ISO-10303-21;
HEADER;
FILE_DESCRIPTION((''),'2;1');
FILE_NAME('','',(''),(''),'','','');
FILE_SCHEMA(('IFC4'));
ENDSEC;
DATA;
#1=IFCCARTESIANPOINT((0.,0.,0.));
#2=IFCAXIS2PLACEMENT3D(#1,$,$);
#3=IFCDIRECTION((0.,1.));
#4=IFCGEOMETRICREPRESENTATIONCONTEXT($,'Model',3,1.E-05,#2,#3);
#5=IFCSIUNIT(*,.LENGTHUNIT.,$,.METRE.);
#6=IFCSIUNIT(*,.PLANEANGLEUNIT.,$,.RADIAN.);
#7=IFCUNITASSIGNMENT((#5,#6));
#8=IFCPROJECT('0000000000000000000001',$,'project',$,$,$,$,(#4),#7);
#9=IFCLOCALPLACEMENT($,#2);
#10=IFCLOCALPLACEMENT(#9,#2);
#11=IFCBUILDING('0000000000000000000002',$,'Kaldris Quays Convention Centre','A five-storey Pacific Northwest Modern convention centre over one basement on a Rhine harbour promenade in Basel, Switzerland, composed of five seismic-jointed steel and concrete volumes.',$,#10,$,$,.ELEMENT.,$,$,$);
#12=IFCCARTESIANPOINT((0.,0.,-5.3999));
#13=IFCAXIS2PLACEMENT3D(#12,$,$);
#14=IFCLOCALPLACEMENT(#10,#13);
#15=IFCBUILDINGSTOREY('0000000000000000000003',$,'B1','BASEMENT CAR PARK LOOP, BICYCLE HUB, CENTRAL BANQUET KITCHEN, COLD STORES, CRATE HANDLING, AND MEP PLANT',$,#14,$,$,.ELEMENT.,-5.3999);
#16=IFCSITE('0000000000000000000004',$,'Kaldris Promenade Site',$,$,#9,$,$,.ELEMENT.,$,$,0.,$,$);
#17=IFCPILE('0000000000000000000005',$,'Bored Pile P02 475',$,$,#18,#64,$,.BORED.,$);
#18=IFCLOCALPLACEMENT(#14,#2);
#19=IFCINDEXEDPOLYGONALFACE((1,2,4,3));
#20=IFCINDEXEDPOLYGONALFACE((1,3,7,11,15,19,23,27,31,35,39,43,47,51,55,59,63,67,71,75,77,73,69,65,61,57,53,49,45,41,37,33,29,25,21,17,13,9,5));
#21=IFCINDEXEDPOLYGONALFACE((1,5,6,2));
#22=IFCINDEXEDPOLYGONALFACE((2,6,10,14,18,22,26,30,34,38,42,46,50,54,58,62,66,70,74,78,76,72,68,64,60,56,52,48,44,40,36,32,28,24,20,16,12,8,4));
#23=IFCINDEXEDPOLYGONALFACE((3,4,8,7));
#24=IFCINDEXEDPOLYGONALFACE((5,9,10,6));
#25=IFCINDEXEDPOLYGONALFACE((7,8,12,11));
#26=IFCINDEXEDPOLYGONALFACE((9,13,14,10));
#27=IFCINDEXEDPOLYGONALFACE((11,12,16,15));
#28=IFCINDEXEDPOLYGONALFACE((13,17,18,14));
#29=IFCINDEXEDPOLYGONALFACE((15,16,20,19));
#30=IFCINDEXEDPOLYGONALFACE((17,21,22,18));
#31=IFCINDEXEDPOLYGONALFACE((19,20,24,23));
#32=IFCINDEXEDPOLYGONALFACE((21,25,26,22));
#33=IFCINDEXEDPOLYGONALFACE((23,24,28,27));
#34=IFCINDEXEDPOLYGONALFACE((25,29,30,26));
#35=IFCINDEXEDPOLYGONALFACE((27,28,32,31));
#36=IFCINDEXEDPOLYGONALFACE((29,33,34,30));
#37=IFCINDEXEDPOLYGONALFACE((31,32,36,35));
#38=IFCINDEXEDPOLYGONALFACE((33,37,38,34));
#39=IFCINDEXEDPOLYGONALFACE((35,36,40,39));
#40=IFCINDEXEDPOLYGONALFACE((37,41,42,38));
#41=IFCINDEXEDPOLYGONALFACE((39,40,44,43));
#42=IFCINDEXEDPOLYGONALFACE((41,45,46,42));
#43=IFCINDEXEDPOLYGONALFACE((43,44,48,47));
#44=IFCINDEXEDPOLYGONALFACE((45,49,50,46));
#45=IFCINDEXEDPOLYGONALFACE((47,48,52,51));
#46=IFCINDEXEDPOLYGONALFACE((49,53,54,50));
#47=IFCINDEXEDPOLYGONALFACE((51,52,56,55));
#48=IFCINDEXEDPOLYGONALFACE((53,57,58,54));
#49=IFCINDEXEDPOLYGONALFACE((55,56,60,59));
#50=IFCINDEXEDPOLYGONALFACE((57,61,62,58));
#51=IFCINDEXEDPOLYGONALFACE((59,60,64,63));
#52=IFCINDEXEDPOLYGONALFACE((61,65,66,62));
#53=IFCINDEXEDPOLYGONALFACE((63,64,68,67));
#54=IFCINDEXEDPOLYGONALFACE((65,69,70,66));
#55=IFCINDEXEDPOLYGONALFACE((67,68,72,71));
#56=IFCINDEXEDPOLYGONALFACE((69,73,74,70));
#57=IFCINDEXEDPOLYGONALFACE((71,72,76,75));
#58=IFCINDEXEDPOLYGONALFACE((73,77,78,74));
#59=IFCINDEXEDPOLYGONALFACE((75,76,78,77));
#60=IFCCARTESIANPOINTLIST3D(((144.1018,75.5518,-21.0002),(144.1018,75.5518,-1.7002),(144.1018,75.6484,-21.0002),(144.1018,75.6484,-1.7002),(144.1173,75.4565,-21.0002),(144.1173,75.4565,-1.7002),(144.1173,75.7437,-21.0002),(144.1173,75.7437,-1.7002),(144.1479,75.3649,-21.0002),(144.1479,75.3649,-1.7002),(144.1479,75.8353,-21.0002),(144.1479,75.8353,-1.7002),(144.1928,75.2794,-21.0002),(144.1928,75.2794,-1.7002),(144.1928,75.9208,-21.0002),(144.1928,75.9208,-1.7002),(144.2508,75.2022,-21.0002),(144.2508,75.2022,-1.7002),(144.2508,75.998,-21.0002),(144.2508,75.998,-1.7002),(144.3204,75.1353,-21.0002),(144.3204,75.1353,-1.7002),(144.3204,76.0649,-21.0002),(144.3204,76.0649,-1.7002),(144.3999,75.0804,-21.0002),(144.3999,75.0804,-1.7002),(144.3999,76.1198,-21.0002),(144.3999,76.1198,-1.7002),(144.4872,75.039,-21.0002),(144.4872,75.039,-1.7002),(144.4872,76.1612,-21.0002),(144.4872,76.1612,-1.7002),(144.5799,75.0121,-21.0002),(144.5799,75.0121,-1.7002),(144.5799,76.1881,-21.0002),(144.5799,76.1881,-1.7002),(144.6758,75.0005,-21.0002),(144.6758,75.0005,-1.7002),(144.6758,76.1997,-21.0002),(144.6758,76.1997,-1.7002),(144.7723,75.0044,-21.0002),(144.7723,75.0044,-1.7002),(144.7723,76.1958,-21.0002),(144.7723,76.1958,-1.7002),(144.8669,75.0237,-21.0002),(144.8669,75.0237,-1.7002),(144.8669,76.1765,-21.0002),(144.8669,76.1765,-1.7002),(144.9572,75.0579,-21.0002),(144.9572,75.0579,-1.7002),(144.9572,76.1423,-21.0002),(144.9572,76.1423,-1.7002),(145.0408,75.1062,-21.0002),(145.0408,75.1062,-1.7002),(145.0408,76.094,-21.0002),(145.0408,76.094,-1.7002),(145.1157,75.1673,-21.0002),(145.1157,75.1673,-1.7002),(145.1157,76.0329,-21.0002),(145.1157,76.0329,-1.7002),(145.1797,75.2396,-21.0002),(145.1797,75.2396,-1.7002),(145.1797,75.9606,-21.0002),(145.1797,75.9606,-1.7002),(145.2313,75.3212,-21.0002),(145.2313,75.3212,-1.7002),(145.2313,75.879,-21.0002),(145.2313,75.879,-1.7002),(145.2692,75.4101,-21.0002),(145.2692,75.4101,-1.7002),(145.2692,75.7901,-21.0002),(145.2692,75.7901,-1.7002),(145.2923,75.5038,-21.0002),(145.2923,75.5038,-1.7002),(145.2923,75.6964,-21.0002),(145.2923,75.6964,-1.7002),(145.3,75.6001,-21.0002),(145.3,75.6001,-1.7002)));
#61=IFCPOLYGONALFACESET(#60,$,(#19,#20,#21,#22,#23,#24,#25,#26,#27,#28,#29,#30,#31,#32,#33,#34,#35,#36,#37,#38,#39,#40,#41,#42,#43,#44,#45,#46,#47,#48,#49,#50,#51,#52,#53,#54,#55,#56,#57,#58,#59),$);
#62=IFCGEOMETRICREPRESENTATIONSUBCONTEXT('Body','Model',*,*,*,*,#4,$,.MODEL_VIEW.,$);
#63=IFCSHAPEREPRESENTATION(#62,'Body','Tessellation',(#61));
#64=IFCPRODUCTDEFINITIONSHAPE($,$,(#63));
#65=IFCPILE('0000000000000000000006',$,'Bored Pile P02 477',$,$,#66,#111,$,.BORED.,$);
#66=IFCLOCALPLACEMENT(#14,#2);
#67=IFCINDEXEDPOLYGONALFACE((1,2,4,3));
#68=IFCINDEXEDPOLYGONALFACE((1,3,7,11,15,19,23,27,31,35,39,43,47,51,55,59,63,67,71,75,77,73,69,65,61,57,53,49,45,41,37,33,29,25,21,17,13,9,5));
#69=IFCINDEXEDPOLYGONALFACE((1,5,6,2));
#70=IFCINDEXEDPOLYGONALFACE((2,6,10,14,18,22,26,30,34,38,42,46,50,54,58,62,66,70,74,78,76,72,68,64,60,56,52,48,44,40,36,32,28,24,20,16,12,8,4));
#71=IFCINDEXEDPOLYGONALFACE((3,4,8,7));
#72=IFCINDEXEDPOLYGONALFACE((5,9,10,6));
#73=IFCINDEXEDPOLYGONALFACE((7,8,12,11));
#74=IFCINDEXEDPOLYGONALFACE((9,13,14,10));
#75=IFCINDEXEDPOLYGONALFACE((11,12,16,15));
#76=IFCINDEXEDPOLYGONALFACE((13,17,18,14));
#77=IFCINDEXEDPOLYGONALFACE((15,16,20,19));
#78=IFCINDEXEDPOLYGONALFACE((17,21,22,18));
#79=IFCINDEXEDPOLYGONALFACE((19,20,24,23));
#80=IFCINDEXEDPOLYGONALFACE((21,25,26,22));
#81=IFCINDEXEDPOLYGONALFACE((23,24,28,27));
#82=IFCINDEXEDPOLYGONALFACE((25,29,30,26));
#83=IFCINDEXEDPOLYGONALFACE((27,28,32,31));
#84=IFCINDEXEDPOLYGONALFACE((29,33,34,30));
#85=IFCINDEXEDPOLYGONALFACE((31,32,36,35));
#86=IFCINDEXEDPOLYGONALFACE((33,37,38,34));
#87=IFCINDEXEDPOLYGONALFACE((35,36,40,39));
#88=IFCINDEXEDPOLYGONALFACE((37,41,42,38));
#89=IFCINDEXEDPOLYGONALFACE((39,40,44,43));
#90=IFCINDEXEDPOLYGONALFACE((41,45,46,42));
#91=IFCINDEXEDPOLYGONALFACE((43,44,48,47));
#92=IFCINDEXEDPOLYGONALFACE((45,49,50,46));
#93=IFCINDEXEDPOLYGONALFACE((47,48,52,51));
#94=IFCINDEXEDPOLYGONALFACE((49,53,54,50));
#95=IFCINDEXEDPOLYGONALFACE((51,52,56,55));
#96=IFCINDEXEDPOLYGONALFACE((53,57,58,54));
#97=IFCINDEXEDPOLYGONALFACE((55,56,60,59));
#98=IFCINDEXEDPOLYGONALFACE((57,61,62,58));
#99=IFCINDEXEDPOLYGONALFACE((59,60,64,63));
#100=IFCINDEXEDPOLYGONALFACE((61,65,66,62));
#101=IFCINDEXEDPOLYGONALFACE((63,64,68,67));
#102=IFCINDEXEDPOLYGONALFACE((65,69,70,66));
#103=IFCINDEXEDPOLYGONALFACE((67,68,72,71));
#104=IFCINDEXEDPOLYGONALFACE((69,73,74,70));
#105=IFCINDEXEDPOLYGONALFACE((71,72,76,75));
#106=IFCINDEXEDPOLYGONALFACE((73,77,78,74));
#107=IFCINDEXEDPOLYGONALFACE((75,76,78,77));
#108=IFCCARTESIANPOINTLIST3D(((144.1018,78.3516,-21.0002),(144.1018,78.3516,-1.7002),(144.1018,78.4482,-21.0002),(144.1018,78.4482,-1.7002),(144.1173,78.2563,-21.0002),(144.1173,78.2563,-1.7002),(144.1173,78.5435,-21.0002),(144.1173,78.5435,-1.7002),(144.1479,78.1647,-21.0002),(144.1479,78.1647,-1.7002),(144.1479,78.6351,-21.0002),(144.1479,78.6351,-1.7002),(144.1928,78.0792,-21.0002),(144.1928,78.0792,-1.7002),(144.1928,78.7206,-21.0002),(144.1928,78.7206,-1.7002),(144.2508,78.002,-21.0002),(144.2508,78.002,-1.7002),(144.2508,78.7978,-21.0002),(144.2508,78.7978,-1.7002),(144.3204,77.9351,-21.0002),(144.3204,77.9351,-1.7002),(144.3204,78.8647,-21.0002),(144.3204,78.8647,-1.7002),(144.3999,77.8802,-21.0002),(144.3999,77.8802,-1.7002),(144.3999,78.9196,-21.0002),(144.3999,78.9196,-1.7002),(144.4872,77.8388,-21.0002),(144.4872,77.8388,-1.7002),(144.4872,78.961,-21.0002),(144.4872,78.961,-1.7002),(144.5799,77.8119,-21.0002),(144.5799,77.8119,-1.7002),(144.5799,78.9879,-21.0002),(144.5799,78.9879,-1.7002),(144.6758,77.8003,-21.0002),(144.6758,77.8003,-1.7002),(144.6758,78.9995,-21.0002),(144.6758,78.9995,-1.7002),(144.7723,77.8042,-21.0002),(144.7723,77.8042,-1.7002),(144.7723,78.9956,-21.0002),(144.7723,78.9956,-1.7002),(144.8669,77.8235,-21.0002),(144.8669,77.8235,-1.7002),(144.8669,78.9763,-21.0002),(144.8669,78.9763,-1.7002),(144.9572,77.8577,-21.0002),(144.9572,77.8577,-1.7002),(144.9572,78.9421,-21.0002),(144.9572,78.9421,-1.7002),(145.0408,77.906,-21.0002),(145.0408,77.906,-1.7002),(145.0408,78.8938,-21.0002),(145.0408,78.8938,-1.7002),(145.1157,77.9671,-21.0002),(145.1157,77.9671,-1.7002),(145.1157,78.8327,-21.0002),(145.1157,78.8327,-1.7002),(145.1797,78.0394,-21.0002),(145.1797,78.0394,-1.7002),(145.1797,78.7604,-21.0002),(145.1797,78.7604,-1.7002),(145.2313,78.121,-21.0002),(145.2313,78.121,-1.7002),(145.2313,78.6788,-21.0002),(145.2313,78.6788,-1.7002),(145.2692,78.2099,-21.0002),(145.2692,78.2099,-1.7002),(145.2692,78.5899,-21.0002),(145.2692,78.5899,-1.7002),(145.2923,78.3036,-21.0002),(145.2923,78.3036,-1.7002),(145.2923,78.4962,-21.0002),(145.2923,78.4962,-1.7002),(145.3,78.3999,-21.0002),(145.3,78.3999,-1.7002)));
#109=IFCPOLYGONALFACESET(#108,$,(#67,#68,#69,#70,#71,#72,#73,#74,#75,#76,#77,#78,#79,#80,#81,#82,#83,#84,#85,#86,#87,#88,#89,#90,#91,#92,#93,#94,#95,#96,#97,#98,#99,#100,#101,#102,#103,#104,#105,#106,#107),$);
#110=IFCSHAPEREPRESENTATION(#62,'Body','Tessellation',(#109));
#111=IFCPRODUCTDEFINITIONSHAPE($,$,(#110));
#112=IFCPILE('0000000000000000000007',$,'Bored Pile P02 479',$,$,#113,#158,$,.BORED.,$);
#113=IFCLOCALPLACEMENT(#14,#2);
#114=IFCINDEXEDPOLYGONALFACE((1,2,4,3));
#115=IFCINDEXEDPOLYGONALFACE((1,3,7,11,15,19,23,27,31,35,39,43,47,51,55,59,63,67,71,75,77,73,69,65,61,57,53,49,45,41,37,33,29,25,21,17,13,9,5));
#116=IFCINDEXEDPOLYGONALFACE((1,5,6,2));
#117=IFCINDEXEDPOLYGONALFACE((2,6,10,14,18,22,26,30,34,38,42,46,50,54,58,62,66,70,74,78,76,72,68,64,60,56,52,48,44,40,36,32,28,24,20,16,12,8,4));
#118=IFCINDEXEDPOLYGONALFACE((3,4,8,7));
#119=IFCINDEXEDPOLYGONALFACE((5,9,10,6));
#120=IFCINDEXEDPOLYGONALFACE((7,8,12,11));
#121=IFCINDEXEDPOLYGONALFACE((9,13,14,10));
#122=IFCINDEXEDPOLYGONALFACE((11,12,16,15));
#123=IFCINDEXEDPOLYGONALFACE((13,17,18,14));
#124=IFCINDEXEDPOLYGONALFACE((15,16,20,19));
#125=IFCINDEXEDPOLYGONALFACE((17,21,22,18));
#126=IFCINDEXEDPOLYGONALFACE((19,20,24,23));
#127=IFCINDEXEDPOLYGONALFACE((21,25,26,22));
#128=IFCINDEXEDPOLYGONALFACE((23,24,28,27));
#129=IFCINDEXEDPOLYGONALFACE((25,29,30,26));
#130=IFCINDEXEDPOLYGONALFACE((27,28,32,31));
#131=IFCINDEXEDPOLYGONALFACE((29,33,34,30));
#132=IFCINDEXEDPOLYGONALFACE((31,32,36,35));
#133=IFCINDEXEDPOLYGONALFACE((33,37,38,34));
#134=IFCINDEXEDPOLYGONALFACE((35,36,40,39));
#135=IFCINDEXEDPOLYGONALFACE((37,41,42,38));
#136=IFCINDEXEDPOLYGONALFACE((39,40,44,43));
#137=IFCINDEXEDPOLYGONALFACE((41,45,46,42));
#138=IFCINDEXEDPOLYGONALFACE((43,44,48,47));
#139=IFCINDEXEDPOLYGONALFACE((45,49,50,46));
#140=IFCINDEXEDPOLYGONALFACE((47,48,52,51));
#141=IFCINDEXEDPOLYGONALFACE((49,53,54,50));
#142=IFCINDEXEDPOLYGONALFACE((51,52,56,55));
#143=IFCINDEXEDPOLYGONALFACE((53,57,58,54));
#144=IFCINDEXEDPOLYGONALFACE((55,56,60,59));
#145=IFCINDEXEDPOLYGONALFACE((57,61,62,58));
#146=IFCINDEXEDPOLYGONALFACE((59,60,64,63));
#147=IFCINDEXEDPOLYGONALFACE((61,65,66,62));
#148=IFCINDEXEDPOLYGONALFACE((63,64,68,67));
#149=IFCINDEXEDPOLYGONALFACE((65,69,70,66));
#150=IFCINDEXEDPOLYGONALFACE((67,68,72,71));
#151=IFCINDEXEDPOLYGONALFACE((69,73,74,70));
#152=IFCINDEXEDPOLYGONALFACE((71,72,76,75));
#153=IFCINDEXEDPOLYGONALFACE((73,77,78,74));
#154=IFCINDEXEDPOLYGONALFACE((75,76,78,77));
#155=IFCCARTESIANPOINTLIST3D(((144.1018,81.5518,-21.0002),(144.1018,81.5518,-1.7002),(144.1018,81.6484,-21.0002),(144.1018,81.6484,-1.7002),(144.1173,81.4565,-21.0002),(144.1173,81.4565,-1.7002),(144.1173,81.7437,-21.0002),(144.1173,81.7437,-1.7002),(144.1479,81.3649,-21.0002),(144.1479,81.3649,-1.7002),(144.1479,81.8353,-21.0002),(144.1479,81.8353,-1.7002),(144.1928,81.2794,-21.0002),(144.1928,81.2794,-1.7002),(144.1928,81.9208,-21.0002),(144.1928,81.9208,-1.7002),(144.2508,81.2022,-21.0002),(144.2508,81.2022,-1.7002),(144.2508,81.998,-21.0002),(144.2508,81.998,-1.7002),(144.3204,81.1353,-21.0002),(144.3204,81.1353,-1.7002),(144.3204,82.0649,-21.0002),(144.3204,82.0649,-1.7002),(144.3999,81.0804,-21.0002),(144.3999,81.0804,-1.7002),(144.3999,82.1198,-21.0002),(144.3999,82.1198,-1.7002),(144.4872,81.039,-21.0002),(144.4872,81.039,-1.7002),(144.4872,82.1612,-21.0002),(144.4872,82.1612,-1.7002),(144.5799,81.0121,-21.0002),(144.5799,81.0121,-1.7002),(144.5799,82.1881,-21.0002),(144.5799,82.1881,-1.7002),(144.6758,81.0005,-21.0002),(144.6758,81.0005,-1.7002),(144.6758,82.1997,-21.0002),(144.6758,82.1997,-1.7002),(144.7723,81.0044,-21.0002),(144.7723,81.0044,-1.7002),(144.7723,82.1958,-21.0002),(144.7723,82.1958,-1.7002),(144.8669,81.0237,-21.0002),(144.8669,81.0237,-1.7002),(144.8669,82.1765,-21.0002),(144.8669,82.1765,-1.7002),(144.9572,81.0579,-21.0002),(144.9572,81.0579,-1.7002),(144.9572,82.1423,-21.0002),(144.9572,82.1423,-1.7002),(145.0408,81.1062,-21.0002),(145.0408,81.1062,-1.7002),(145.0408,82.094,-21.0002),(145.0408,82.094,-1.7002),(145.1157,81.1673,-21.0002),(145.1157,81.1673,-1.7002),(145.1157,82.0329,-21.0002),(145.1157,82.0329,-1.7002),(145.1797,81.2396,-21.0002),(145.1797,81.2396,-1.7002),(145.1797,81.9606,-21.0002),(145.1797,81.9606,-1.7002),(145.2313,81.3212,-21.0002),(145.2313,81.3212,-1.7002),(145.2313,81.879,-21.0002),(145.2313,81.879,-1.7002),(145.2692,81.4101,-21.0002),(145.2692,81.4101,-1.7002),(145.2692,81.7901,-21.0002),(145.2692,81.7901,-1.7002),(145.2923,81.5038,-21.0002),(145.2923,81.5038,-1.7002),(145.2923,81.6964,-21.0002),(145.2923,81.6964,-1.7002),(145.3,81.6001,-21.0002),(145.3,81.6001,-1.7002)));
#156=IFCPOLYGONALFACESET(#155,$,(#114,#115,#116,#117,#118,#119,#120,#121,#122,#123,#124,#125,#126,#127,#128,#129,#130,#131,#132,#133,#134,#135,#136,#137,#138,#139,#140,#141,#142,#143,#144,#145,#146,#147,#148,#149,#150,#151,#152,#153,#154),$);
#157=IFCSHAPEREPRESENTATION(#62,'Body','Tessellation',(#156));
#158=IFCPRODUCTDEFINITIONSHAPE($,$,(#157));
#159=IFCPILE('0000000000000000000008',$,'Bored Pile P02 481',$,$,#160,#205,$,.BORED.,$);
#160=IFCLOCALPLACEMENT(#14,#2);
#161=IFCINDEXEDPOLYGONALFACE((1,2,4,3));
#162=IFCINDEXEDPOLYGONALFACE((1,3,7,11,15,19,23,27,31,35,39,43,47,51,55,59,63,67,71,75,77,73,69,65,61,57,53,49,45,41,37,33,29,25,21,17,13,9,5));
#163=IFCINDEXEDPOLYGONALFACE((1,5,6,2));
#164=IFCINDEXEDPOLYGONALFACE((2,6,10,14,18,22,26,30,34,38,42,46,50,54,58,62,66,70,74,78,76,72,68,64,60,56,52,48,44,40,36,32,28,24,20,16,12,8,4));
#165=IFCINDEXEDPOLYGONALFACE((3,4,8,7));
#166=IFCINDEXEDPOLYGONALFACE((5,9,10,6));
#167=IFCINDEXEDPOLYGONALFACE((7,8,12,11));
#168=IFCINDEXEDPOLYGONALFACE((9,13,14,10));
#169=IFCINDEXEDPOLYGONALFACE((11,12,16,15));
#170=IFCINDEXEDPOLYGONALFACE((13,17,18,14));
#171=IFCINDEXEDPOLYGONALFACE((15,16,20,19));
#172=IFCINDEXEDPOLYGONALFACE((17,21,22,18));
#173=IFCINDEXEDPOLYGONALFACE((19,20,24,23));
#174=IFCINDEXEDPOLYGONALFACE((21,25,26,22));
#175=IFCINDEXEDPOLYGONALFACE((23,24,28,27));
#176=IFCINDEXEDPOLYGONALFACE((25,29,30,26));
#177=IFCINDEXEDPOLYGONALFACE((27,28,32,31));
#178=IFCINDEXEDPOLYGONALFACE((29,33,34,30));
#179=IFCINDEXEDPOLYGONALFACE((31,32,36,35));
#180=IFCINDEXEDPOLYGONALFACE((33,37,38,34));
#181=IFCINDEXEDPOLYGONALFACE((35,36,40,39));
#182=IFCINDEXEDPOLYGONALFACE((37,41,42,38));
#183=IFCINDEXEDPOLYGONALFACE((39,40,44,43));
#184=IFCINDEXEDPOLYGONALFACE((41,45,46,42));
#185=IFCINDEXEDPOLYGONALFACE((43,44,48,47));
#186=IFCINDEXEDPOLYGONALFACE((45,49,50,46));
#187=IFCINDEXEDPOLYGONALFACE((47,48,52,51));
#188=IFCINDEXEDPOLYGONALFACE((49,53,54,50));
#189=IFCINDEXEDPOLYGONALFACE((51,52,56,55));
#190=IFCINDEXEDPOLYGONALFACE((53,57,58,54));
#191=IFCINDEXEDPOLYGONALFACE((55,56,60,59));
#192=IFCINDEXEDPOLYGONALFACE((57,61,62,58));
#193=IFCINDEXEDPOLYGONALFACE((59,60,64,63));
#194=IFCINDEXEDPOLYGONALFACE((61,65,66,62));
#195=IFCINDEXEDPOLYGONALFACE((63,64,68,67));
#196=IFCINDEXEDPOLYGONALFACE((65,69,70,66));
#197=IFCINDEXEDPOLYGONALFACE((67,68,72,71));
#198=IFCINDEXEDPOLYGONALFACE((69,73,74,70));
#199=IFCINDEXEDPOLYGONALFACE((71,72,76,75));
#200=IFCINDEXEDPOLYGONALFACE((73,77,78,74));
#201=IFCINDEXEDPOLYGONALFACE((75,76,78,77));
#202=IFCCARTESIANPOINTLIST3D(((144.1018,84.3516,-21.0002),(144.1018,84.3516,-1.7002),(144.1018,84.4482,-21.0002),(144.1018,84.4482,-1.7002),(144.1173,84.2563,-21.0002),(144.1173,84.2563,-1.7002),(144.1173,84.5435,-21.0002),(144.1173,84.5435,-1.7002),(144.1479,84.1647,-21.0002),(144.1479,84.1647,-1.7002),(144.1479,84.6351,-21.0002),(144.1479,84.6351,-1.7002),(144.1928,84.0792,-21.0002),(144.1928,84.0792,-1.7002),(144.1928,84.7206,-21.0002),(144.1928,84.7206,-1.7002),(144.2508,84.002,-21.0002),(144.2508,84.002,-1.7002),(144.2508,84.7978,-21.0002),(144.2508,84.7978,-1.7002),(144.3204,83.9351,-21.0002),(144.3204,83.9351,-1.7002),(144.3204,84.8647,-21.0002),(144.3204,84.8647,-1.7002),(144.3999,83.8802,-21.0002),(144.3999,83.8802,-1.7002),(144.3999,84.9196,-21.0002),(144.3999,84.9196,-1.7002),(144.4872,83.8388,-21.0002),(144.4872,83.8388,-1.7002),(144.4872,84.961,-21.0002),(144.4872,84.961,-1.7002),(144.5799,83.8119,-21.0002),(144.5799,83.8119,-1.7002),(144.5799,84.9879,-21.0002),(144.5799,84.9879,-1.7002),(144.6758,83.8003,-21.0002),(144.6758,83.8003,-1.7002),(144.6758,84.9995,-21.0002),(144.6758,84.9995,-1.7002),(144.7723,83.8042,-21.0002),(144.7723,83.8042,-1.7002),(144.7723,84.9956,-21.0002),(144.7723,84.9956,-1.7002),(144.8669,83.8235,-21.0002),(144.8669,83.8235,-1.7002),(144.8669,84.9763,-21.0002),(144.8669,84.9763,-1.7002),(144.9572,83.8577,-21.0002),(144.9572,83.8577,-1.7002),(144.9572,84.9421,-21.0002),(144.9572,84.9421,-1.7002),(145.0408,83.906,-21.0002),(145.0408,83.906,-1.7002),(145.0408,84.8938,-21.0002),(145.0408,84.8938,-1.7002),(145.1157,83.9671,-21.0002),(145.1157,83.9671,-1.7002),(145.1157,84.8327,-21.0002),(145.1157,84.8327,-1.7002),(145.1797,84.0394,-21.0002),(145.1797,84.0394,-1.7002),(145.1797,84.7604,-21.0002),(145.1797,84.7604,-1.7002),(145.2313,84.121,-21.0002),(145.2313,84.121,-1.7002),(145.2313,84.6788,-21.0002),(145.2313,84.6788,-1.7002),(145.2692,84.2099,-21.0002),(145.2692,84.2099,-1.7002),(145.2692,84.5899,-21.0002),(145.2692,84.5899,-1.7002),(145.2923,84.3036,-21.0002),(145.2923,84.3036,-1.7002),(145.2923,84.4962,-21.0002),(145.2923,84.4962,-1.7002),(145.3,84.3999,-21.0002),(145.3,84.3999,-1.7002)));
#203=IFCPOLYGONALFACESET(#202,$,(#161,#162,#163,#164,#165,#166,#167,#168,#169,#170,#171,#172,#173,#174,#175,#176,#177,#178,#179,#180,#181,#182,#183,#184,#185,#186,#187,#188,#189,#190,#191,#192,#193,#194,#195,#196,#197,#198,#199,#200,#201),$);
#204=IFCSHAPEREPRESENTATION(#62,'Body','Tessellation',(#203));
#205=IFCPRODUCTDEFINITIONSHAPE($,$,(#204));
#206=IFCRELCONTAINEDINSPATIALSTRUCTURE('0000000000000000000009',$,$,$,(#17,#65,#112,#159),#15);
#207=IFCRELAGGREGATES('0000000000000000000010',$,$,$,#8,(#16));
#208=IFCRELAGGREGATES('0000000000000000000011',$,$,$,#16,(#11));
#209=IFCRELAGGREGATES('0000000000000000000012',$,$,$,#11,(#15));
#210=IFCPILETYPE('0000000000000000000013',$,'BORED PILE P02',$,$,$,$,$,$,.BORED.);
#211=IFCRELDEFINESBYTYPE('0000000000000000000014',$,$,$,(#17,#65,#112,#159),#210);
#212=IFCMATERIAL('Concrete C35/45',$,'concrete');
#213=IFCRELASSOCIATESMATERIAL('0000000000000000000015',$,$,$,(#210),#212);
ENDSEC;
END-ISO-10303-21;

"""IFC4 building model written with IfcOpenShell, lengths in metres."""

from ifc_helpers import new_model, si_unit, direction, frame, origin, origin_2d, place, context, subcontext, project, spatial, circle, extrude, material, material_profile, profile_set, type_object, element, save


model = new_model("IFC4")

# Units and contexts
model_context = context("Model", 3, precision=1e-05, world=origin(), true_north=direction((0.0, 1.0)))
body_context = subcontext(model_context, "Body", "Model", "MODEL_VIEW")
ifc_project = project(units=[si_unit("LENGTHUNIT", "METRE"), si_unit("PLANEANGLEUNIT", "RADIAN")], contexts=[model_context])

# Site, building, storey
site_placement = place(None, origin())
site = spatial("IfcSite", under=ifc_project, at=site_placement, Name="Kaldris Promenade Site", CompositionType="ELEMENT", RefElevation=0.0)
building_placement = place(site_placement, origin())
building = spatial("IfcBuilding", under=site, at=building_placement, Name="Kaldris Quays Convention Centre", Description="A five-storey Pacific Northwest Modern convention centre over one basement on a Rhine harbour promenade in Basel, Switzerland, composed of five seismic-jointed steel and concrete volumes.", CompositionType="ELEMENT")
storey_placement = place(building_placement, frame((0.0, 0.0, -5.3999)))
storey = spatial("IfcBuildingStorey", under=building, at=storey_placement, Name="B1", Description="BASEMENT CAR PARK LOOP, BICYCLE HUB, CENTRAL BANQUET KITCHEN, COLD STORES, CRATE HANDLING, AND MEP PLANT", CompositionType="ELEMENT", Elevation=-5.3999)

# Piles
ifc_material_1 = material(Name="Concrete C35/45", Category="concrete")
ifc_material_profile_1 = material_profile(ifc_material_1, circle(Radius=0.6001, at=origin_2d()), Name="BORED PILE D1200")
ifc_profile_set_1 = profile_set([ifc_material_profile_1], Name="Concrete C35/45")
pile_type_1 = type_object("IfcPileType", Name="BORED PILE P02", PredefinedType="BORED", material=ifc_profile_set_1)
for number, where, z_axis, x_axis, name in (
    (1, (144.7, 75.6001, -1.7002), (0.0, 0.0, -1.0), (1.0, 0.0, 0.0), "Bored Pile P02 475"),
    (2, (144.7, 78.3999, -1.7002), (0.0, 0.0, -1.0), (1.0, 0.0, 0.0), "Bored Pile P02 477"),
    (3, (144.7, 81.6001, -1.7002), (0.0, 0.0, -1.0), (1.0, 0.0, 0.0), "Bored Pile P02 479"),
    (4, (144.7, 84.3999, -1.7002), (0.0, 0.0, -1.0), (1.0, 0.0, 0.0), "Bored Pile P02 481"),
):
    element("IfcPile", number, at=place(storey_placement, frame(where, z_axis=z_axis, x_axis=x_axis)), inside=storey, type_object=pile_type_1, Name=name, PredefinedType="BORED", context=body_context, shape_type="SweptSolid", body=[
        extrude(circle(Radius=0.6001, at=origin_2d()), origin(), (0.0, 0.0, 1.0), 19.3),
    ])

save(model, "model.ifc")
